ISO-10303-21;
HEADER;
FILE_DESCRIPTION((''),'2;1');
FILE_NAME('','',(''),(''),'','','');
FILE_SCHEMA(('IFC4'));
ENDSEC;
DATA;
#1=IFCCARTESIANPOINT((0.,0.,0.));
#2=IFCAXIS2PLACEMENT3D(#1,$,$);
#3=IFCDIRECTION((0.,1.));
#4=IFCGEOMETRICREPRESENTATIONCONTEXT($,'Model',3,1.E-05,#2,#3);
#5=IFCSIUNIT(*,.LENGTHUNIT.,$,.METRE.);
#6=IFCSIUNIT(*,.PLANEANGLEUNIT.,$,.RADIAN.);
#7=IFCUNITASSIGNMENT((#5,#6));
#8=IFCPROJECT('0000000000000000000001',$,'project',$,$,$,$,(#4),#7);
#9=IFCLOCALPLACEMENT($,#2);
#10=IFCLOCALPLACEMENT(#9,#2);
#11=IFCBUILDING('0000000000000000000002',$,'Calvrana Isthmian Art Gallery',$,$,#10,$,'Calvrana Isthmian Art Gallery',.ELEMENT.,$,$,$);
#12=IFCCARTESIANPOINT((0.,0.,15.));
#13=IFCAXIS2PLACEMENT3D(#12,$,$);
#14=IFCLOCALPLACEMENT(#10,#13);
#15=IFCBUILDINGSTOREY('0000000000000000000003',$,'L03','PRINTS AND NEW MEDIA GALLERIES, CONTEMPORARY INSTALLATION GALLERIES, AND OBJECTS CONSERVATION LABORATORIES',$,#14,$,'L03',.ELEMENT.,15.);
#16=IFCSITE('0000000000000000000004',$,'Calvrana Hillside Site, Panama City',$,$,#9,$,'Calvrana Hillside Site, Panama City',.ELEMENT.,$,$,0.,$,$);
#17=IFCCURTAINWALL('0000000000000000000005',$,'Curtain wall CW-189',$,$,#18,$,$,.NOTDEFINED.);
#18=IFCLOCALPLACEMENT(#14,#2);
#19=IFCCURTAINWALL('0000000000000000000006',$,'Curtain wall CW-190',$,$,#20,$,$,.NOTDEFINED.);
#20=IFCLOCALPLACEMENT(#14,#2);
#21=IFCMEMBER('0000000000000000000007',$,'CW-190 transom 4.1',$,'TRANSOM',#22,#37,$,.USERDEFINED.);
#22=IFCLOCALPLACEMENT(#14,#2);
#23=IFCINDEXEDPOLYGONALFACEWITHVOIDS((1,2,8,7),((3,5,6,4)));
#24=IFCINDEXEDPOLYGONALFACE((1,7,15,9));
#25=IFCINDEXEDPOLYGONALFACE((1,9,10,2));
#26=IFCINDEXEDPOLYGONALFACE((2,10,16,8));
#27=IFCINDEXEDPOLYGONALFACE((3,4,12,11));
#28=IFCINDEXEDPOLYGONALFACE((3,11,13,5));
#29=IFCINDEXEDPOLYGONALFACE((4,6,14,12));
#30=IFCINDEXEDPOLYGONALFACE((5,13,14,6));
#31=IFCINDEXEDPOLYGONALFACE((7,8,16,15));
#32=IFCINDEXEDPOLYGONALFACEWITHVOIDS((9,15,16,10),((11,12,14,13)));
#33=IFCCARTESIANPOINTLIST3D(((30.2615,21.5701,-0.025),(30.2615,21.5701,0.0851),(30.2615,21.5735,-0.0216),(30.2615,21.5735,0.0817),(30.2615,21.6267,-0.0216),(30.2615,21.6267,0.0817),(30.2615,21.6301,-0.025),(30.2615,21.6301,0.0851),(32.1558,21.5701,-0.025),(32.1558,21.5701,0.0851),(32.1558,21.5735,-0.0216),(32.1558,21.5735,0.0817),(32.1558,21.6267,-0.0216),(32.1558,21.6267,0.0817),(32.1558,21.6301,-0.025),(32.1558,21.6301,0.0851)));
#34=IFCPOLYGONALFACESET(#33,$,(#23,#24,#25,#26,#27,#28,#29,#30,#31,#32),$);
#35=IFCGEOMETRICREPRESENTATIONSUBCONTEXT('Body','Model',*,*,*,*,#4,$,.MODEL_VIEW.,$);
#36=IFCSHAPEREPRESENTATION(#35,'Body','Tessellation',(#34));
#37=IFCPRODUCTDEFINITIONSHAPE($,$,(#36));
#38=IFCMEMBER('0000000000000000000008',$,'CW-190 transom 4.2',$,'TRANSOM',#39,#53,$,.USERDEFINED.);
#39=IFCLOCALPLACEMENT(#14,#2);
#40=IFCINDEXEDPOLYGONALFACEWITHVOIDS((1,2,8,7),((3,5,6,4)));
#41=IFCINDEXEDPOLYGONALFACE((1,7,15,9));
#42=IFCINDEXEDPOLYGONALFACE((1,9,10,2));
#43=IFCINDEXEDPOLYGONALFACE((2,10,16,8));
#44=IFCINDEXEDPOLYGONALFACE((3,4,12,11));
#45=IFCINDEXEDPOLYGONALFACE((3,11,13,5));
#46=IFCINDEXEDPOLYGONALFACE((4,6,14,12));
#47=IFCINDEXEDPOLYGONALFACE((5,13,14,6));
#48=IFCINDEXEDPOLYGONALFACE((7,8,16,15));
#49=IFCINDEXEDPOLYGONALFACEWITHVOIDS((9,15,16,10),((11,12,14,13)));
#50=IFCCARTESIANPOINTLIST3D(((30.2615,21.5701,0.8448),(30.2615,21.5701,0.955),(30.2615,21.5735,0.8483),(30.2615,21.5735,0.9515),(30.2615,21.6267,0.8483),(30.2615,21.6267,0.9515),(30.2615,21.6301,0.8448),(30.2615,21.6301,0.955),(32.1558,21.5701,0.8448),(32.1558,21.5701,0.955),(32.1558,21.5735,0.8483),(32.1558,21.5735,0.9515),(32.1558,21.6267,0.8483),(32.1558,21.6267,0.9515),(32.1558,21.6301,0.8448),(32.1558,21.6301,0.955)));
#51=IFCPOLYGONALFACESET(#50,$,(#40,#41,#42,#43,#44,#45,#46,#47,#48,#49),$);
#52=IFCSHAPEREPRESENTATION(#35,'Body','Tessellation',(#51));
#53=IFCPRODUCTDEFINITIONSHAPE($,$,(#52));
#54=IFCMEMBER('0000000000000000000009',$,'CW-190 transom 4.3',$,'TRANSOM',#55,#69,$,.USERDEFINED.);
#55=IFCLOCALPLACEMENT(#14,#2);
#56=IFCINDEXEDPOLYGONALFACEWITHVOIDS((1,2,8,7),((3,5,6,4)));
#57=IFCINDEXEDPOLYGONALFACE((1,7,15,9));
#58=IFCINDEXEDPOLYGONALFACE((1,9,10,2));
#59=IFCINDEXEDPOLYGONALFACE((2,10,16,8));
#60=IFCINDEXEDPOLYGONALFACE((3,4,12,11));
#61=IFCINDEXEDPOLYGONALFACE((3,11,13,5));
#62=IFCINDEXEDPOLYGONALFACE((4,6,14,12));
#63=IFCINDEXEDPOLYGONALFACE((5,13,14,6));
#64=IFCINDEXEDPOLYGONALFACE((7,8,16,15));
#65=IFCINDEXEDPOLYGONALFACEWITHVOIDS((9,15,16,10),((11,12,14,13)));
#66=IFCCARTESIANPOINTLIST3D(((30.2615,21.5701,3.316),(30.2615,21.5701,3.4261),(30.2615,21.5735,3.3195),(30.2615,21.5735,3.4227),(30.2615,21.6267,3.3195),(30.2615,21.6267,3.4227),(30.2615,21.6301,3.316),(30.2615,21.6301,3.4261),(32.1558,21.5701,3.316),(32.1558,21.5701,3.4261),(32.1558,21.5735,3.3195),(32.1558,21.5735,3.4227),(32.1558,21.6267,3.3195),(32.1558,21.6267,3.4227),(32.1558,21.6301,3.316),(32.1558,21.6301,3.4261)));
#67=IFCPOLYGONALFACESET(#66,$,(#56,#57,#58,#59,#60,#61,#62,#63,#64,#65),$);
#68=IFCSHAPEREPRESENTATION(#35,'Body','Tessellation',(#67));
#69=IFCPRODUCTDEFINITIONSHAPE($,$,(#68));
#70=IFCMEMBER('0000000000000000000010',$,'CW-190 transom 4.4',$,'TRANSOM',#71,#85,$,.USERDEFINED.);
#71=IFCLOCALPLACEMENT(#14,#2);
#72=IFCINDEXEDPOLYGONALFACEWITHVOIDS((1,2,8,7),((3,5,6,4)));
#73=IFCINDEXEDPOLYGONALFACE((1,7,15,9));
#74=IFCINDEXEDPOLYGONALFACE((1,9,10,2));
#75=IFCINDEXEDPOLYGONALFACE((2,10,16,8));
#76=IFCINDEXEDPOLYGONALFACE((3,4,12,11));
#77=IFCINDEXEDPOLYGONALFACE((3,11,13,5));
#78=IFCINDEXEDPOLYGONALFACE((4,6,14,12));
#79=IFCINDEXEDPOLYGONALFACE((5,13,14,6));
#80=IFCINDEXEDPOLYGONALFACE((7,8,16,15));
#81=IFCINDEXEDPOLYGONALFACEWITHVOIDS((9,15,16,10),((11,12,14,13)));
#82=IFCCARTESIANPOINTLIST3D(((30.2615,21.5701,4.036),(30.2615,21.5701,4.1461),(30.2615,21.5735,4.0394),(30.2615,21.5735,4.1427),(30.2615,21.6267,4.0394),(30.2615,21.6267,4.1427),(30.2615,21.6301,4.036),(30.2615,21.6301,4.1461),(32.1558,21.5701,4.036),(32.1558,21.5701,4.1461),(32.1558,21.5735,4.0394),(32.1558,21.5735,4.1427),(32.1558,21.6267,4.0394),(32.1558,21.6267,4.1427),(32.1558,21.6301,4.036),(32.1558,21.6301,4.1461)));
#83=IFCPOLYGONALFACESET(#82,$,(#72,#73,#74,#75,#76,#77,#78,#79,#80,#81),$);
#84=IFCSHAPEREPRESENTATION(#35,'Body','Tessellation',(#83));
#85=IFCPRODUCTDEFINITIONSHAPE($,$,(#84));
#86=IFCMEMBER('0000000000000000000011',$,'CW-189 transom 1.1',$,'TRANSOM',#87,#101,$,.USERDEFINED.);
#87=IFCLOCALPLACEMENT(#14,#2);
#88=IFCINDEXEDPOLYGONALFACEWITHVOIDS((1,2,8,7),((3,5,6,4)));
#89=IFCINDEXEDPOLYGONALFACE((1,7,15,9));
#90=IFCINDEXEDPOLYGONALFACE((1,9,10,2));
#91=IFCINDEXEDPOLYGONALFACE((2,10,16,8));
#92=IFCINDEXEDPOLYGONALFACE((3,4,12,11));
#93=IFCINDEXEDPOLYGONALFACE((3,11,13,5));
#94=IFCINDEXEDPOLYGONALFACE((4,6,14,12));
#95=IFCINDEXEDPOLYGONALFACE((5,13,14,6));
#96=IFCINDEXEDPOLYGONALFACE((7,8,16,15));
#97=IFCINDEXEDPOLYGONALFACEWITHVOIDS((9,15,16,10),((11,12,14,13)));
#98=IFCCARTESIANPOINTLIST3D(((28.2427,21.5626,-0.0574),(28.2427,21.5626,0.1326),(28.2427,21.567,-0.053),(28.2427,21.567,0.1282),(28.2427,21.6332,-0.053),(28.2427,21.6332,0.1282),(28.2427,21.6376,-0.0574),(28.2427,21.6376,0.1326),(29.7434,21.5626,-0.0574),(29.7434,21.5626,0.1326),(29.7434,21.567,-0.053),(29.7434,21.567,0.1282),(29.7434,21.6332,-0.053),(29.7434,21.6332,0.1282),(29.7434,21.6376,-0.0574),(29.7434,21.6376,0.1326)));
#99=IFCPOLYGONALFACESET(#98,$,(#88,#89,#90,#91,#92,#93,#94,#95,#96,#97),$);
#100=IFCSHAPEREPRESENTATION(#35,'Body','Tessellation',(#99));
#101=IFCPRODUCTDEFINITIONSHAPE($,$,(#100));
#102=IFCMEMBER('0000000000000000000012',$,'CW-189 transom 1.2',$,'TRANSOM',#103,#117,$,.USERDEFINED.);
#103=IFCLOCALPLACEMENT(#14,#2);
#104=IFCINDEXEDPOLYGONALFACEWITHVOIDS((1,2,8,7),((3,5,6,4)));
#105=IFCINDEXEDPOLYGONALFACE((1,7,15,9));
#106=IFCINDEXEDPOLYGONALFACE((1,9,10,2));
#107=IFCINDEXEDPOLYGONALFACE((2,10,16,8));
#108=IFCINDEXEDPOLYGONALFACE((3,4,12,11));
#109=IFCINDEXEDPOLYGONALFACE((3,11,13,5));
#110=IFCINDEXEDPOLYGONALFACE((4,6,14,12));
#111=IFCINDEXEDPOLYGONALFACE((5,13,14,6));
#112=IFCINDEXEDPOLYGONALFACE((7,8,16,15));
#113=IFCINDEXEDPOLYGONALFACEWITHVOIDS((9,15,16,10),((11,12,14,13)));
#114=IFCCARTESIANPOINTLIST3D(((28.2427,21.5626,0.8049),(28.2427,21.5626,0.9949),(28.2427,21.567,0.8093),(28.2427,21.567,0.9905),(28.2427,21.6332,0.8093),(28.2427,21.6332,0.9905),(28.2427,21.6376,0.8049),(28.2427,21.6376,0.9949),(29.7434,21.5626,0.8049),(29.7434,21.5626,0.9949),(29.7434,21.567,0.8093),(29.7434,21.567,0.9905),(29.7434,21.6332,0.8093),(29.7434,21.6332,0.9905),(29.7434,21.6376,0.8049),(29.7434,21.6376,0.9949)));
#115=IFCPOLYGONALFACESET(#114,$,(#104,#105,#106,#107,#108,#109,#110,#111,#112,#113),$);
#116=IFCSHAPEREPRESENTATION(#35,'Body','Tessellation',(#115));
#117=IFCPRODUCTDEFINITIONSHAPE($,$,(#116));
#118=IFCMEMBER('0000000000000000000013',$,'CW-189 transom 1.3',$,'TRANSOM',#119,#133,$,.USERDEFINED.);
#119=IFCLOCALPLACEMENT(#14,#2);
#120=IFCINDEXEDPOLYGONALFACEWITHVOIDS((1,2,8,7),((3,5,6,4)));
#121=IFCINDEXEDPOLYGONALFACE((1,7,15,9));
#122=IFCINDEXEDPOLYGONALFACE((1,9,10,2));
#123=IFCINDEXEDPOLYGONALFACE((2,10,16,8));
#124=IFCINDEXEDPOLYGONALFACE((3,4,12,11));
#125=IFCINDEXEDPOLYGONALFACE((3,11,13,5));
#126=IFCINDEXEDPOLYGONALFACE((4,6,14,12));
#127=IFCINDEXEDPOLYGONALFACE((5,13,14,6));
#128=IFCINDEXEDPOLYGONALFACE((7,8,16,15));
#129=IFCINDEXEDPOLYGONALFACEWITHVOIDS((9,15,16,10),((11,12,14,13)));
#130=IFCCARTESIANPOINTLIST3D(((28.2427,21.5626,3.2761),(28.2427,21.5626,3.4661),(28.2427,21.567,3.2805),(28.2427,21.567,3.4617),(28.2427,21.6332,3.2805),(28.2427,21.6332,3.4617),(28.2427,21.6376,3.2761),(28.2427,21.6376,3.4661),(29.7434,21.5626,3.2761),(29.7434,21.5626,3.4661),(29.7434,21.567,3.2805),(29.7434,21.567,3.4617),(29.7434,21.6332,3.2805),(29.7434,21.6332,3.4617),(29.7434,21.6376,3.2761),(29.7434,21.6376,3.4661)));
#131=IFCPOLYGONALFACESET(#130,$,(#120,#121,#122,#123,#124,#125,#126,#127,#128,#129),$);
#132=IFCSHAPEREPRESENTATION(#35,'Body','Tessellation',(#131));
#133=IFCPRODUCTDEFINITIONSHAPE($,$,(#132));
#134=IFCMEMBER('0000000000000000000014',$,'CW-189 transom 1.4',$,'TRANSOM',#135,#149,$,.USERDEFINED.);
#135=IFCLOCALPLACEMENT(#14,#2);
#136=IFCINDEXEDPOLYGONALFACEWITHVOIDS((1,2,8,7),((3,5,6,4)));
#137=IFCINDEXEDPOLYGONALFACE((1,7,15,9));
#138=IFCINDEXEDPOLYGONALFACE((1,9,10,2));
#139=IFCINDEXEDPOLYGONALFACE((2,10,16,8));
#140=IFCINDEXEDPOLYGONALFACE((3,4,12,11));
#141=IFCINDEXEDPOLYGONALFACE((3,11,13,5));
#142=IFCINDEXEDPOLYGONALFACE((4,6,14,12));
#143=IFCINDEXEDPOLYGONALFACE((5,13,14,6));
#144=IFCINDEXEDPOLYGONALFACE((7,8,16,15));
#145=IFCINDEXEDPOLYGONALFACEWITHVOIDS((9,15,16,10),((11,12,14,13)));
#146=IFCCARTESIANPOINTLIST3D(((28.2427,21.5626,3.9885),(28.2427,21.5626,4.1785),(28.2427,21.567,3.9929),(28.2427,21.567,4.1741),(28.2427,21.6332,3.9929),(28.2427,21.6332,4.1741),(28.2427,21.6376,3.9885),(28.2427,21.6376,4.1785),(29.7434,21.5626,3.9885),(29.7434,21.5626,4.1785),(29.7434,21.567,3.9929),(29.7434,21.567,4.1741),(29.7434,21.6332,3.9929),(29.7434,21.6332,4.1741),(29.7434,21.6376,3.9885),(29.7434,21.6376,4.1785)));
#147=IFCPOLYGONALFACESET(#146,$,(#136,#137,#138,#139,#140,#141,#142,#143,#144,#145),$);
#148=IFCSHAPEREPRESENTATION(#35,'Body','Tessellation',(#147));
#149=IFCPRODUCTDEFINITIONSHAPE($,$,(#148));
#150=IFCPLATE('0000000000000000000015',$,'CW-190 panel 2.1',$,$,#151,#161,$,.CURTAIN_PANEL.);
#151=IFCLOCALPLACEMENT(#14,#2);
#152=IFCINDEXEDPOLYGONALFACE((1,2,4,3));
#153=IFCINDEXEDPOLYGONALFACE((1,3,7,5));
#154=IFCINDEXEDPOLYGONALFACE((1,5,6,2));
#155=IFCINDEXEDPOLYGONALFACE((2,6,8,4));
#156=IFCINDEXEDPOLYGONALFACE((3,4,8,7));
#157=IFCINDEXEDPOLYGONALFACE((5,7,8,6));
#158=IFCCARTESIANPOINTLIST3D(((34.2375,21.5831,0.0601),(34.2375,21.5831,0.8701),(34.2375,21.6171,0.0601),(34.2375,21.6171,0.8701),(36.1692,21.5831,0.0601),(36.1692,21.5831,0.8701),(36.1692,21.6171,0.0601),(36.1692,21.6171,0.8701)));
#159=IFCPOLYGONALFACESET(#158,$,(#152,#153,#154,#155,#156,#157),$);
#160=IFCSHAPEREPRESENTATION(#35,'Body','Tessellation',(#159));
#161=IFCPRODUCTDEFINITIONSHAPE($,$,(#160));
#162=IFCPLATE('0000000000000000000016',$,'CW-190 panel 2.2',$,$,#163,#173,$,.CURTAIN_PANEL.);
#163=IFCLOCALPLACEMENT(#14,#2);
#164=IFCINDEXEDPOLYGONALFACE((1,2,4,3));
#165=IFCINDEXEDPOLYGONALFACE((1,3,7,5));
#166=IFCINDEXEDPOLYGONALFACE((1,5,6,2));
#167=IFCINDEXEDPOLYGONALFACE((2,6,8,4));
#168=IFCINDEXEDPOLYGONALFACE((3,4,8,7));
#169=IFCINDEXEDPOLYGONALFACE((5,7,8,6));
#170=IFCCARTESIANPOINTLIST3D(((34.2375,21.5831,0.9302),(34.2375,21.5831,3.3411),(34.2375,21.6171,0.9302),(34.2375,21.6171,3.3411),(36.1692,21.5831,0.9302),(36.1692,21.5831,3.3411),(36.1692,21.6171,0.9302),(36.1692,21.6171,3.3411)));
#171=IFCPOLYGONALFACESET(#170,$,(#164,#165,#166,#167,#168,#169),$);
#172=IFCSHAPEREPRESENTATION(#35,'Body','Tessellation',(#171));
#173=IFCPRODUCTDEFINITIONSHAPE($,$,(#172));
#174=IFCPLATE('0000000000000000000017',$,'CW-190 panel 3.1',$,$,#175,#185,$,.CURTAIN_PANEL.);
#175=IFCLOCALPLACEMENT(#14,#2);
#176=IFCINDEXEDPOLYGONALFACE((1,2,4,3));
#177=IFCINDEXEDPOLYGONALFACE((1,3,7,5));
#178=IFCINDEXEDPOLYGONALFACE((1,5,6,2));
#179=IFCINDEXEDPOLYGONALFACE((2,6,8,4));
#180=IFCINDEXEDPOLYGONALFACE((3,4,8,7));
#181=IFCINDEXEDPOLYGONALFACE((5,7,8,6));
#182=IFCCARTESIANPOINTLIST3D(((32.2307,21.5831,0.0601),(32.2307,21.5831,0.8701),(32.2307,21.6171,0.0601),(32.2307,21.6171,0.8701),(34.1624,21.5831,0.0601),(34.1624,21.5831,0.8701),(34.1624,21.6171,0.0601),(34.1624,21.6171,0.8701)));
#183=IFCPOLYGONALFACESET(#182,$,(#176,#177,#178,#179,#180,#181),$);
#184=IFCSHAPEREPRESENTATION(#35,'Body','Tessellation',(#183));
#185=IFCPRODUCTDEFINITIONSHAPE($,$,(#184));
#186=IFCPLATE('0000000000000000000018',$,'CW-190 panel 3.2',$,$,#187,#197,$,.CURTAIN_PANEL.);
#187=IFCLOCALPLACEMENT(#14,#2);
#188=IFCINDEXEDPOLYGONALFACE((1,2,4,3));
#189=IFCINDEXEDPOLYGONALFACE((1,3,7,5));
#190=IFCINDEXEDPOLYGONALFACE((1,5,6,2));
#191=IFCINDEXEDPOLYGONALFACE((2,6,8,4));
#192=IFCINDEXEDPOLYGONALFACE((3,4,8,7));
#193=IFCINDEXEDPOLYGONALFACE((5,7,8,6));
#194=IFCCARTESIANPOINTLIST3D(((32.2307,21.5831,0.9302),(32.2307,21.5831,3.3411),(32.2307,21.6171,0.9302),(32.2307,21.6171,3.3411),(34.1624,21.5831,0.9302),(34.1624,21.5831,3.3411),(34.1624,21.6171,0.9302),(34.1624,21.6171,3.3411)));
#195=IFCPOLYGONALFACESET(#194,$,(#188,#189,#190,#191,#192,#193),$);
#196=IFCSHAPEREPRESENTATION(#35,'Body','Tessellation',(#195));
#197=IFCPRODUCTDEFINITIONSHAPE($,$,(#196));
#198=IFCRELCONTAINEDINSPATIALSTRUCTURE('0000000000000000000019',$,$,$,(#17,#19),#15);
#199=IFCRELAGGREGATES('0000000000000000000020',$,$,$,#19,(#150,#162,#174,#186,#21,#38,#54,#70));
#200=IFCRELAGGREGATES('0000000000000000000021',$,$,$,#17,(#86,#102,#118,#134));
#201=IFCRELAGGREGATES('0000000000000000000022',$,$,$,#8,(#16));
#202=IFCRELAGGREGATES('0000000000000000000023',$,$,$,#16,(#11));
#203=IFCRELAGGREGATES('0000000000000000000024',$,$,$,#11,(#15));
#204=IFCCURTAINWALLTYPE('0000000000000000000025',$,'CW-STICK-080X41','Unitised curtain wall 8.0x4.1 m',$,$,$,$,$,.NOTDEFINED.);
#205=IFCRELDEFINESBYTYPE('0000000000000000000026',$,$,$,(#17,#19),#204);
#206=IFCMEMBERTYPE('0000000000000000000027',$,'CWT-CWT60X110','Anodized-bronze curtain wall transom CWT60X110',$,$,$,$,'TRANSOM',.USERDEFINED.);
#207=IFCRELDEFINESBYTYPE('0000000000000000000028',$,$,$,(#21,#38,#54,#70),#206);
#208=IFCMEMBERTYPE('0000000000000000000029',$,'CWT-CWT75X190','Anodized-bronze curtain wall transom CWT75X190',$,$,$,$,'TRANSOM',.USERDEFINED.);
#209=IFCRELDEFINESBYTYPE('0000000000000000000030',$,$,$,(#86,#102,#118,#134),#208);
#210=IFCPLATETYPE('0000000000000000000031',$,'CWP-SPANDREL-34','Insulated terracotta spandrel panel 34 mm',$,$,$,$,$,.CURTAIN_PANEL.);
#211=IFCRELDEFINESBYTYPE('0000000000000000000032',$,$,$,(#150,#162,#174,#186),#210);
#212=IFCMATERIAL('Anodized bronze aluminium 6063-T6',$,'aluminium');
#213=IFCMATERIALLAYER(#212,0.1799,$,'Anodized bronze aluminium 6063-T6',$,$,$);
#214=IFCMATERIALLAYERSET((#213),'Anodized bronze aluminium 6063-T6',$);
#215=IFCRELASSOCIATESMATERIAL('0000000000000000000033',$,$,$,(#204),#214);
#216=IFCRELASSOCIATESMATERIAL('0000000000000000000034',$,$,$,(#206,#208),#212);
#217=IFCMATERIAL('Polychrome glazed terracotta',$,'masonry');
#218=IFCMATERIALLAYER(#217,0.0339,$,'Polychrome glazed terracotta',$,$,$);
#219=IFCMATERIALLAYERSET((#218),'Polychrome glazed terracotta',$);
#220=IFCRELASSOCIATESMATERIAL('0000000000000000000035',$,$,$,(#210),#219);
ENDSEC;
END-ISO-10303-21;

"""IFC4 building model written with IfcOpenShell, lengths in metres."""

from ifc_helpers import new_model, si_unit, direction, frame, origin, origin_2d, place, context, subcontext, project, spatial, rectangle, hollow_rectangle, extrude, material, layer, layer_set, material_profile, profile_set, type_object, element, aggregate, save


model = new_model("IFC4")

# Units and contexts
model_context = context("Model", 3, precision=1e-05, world=origin(), true_north=direction((0.0, 1.0)))
body_context = subcontext(model_context, "Body", "Model", "MODEL_VIEW")
ifc_project = project(units=[si_unit("LENGTHUNIT", "METRE"), si_unit("PLANEANGLEUNIT", "RADIAN")], contexts=[model_context])

# Site, building, storey
site_placement = place(None, origin())
site = spatial("IfcSite", under=ifc_project, at=site_placement, Name="Calvrana Hillside Site, Panama City", LongName="Calvrana Hillside Site, Panama City", CompositionType="ELEMENT", RefElevation=0.0)
building_placement = place(site_placement, origin())
building = spatial("IfcBuilding", under=site, at=building_placement, Name="Calvrana Isthmian Art Gallery", LongName="Calvrana Isthmian Art Gallery", CompositionType="ELEMENT")
storey_placement = place(building_placement, frame((0.0, 0.0, 15.0)))
storey = spatial("IfcBuildingStorey", under=building, at=storey_placement, Name="L03", Description="PRINTS AND NEW MEDIA GALLERIES, CONTEMPORARY INSTALLATION GALLERIES, AND OBJECTS CONSERVATION LABORATORIES", LongName="L03", CompositionType="ELEMENT", Elevation=15.0)

# Curtain wall
ifc_material_1 = material(Name="Anodized bronze aluminium 6063-T6", Category="aluminium")
ifc_layer_1 = layer(ifc_material_1, 0.1799, Name="Anodized bronze aluminium 6063-T6")
ifc_layer_set_1 = layer_set([ifc_layer_1], Name="Anodized bronze aluminium 6063-T6")
curtain_wall_type = type_object("IfcCurtainWallType", Name="CW-STICK-080X41", Description="Unitised curtain wall 8.0x4.1 m", PredefinedType="NOTDEFINED", material=ifc_layer_set_1)
curtain_wall_1_placement = place(storey_placement, origin())
curtain_wall_1 = element("IfcCurtainWall", 1, at=curtain_wall_1_placement, inside=storey, type_object=curtain_wall_type, Name="Curtain wall CW-189", PredefinedType="NOTDEFINED")

# Curtain wall, members
curtain_wall_2_placement = place(storey_placement, origin())
curtain_wall_2 = element("IfcCurtainWall", 2, at=curtain_wall_2_placement, inside=storey, type_object=curtain_wall_type, Name="Curtain wall CW-190", PredefinedType="NOTDEFINED")
ifc_material_profile_1 = material_profile(ifc_material_1, hollow_rectangle(XDim=0.0601, YDim=0.1101, WallThickness=0.0034, at=origin_2d()), Name="CWT60X110")
ifc_profile_set_1 = profile_set([ifc_material_profile_1], Name="Anodized bronze aluminium 6063-T6")
member_type_1 = type_object("IfcMemberType", Name="CWT-CWT60X110", Description="Anodized-bronze curtain wall transom CWT60X110", ElementType="TRANSOM", PredefinedType="USERDEFINED", material=ifc_profile_set_1)
member_1_placement = place(storey_placement, frame((32.1558, 21.6001, 0.03), z_axis=(-1.0, 0.0, 0.0), x_axis=(0.0, -1.0, 0.0)))
member_1 = element("IfcMember", 3, at=member_1_placement, type_object=member_type_1, Name="CW-190 transom 4.1", ObjectType="TRANSOM", PredefinedType="USERDEFINED", context=body_context, shape_type="SweptSolid", body=[
    extrude(hollow_rectangle(XDim=0.0601, YDim=0.1101, WallThickness=0.0034, at=origin_2d()), origin(), (0.0, 0.0, 1.0), 1.8943),
])
member_2_placement = place(storey_placement, frame((32.1558, 21.6001, 0.8999), z_axis=(-1.0, 0.0, 0.0), x_axis=(0.0, -1.0, 0.0)))
member_2 = element("IfcMember", 4, at=member_2_placement, type_object=member_type_1, Name="CW-190 transom 4.2", ObjectType="TRANSOM", PredefinedType="USERDEFINED", context=body_context, shape_type="SweptSolid", body=[
    extrude(hollow_rectangle(XDim=0.0601, YDim=0.1101, WallThickness=0.0034, at=origin_2d()), origin(), (0.0, 0.0, 1.0), 1.8943),
])
member_3_placement = place(storey_placement, frame((32.1558, 21.6001, 3.3711), z_axis=(-1.0, 0.0, 0.0), x_axis=(0.0, -1.0, 0.0)))
member_3 = element("IfcMember", 5, at=member_3_placement, type_object=member_type_1, Name="CW-190 transom 4.3", ObjectType="TRANSOM", PredefinedType="USERDEFINED", context=body_context, shape_type="SweptSolid", body=[
    extrude(hollow_rectangle(XDim=0.0601, YDim=0.1101, WallThickness=0.0034, at=origin_2d()), origin(), (0.0, 0.0, 1.0), 1.8943),
])
member_4_placement = place(storey_placement, frame((32.1558, 21.6001, 4.0911), z_axis=(-1.0, 0.0, 0.0), x_axis=(0.0, -1.0, 0.0)))
member_4 = element("IfcMember", 6, at=member_4_placement, type_object=member_type_1, Name="CW-190 transom 4.4", ObjectType="TRANSOM", PredefinedType="USERDEFINED", context=body_context, shape_type="SweptSolid", body=[
    extrude(hollow_rectangle(XDim=0.0601, YDim=0.1101, WallThickness=0.0034, at=origin_2d()), origin(), (0.0, 0.0, 1.0), 1.8943),
])

# Members
ifc_material_profile_2 = material_profile(ifc_material_1, hollow_rectangle(XDim=0.075, YDim=0.1899, WallThickness=0.0044, at=origin_2d()), Name="CWT75X190")
ifc_profile_set_2 = profile_set([ifc_material_profile_2], Name="Anodized bronze aluminium 6063-T6")
member_type_2 = type_object("IfcMemberType", Name="CWT-CWT75X190", Description="Anodized-bronze curtain wall transom CWT75X190", ElementType="TRANSOM", PredefinedType="USERDEFINED", material=ifc_profile_set_2)
member_5_placement = place(storey_placement, frame((29.7434, 21.6001, 0.0376), z_axis=(-1.0, 0.0, 0.0), x_axis=(0.0, -1.0, 0.0)))
member_5 = element("IfcMember", 7, at=member_5_placement, type_object=member_type_2, Name="CW-189 transom 1.1", ObjectType="TRANSOM", PredefinedType="USERDEFINED", context=body_context, shape_type="SweptSolid", body=[
    extrude(hollow_rectangle(XDim=0.075, YDim=0.1899, WallThickness=0.0044, at=origin_2d()), origin(), (0.0, 0.0, 1.0), 1.5007),
])
member_6_placement = place(storey_placement, frame((29.7434, 21.6001, 0.8999), z_axis=(-1.0, 0.0, 0.0), x_axis=(0.0, -1.0, 0.0)))
member_6 = element("IfcMember", 8, at=member_6_placement, type_object=member_type_2, Name="CW-189 transom 1.2", ObjectType="TRANSOM", PredefinedType="USERDEFINED", context=body_context, shape_type="SweptSolid", body=[
    extrude(hollow_rectangle(XDim=0.075, YDim=0.1899, WallThickness=0.0044, at=origin_2d()), origin(), (0.0, 0.0, 1.0), 1.5007),
])
member_7_placement = place(storey_placement, frame((29.7434, 21.6001, 3.3711), z_axis=(-1.0, 0.0, 0.0), x_axis=(0.0, -1.0, 0.0)))
member_7 = element("IfcMember", 9, at=member_7_placement, type_object=member_type_2, Name="CW-189 transom 1.3", ObjectType="TRANSOM", PredefinedType="USERDEFINED", context=body_context, shape_type="SweptSolid", body=[
    extrude(hollow_rectangle(XDim=0.075, YDim=0.1899, WallThickness=0.0044, at=origin_2d()), origin(), (0.0, 0.0, 1.0), 1.5007),
])
member_8_placement = place(storey_placement, frame((29.7434, 21.6001, 4.0835), z_axis=(-1.0, 0.0, 0.0), x_axis=(0.0, -1.0, 0.0)))
member_8 = element("IfcMember", 10, at=member_8_placement, type_object=member_type_2, Name="CW-189 transom 1.4", ObjectType="TRANSOM", PredefinedType="USERDEFINED", context=body_context, shape_type="SweptSolid", body=[
    extrude(hollow_rectangle(XDim=0.075, YDim=0.1899, WallThickness=0.0044, at=origin_2d()), origin(), (0.0, 0.0, 1.0), 1.5007),
])

# Plates
ifc_material_2 = material(Name="Polychrome glazed terracotta", Category="masonry")
ifc_layer_2 = layer(ifc_material_2, 0.0339, Name="Polychrome glazed terracotta")
ifc_layer_set_2 = layer_set([ifc_layer_2], Name="Polychrome glazed terracotta")
plate_type_1 = type_object("IfcPlateType", Name="CWP-SPANDREL-34", Description="Insulated terracotta spandrel panel 34 mm", PredefinedType="CURTAIN_PANEL", material=ifc_layer_set_2)
plate_1_placement = place(storey_placement, frame((35.2034, 21.6001, 0.0601), z_axis=(0.0, 0.0, 1.0), x_axis=(-1.0, 0.0, 0.0)))
plate_1 = element("IfcPlate", 11, at=plate_1_placement, type_object=plate_type_1, Name="CW-190 panel 2.1", PredefinedType="CURTAIN_PANEL", context=body_context, shape_type="SweptSolid", body=[
    extrude(rectangle(XDim=1.9316, YDim=0.0339, at=origin_2d()), origin(), (0.0, 0.0, 1.0), 0.8101),
])
plate_2_placement = place(storey_placement, frame((35.2034, 21.6001, 0.9302), z_axis=(0.0, 0.0, 1.0), x_axis=(-1.0, 0.0, 0.0)))
plate_2 = element("IfcPlate", 12, at=plate_2_placement, type_object=plate_type_1, Name="CW-190 panel 2.2", PredefinedType="CURTAIN_PANEL", context=body_context, shape_type="SweptSolid", body=[
    extrude(rectangle(XDim=1.9316, YDim=0.0339, at=origin_2d()), origin(), (0.0, 0.0, 1.0), 2.4109),
])
plate_3_placement = place(storey_placement, frame((33.1965, 21.6001, 0.0601), z_axis=(0.0, 0.0, 1.0), x_axis=(-1.0, 0.0, 0.0)))
plate_3 = element("IfcPlate", 13, at=plate_3_placement, type_object=plate_type_1, Name="CW-190 panel 3.1", PredefinedType="CURTAIN_PANEL", context=body_context, shape_type="SweptSolid", body=[
    extrude(rectangle(XDim=1.9316, YDim=0.0339, at=origin_2d()), origin(), (0.0, 0.0, 1.0), 0.8101),
])
plate_4_placement = place(storey_placement, frame((33.1965, 21.6001, 0.9302), z_axis=(0.0, 0.0, 1.0), x_axis=(-1.0, 0.0, 0.0)))
plate_4 = element("IfcPlate", 14, at=plate_4_placement, type_object=plate_type_1, Name="CW-190 panel 3.2", PredefinedType="CURTAIN_PANEL", context=body_context, shape_type="SweptSolid", body=[
    extrude(rectangle(XDim=1.9316, YDim=0.0339, at=origin_2d()), origin(), (0.0, 0.0, 1.0), 2.4109),
])
aggregate(curtain_wall_2, [plate_1, plate_2, plate_3, plate_4, member_1, member_2, member_3, member_4])
aggregate(curtain_wall_1, [member_5, member_6, member_7, member_8])

save(model, "model.ifc")
